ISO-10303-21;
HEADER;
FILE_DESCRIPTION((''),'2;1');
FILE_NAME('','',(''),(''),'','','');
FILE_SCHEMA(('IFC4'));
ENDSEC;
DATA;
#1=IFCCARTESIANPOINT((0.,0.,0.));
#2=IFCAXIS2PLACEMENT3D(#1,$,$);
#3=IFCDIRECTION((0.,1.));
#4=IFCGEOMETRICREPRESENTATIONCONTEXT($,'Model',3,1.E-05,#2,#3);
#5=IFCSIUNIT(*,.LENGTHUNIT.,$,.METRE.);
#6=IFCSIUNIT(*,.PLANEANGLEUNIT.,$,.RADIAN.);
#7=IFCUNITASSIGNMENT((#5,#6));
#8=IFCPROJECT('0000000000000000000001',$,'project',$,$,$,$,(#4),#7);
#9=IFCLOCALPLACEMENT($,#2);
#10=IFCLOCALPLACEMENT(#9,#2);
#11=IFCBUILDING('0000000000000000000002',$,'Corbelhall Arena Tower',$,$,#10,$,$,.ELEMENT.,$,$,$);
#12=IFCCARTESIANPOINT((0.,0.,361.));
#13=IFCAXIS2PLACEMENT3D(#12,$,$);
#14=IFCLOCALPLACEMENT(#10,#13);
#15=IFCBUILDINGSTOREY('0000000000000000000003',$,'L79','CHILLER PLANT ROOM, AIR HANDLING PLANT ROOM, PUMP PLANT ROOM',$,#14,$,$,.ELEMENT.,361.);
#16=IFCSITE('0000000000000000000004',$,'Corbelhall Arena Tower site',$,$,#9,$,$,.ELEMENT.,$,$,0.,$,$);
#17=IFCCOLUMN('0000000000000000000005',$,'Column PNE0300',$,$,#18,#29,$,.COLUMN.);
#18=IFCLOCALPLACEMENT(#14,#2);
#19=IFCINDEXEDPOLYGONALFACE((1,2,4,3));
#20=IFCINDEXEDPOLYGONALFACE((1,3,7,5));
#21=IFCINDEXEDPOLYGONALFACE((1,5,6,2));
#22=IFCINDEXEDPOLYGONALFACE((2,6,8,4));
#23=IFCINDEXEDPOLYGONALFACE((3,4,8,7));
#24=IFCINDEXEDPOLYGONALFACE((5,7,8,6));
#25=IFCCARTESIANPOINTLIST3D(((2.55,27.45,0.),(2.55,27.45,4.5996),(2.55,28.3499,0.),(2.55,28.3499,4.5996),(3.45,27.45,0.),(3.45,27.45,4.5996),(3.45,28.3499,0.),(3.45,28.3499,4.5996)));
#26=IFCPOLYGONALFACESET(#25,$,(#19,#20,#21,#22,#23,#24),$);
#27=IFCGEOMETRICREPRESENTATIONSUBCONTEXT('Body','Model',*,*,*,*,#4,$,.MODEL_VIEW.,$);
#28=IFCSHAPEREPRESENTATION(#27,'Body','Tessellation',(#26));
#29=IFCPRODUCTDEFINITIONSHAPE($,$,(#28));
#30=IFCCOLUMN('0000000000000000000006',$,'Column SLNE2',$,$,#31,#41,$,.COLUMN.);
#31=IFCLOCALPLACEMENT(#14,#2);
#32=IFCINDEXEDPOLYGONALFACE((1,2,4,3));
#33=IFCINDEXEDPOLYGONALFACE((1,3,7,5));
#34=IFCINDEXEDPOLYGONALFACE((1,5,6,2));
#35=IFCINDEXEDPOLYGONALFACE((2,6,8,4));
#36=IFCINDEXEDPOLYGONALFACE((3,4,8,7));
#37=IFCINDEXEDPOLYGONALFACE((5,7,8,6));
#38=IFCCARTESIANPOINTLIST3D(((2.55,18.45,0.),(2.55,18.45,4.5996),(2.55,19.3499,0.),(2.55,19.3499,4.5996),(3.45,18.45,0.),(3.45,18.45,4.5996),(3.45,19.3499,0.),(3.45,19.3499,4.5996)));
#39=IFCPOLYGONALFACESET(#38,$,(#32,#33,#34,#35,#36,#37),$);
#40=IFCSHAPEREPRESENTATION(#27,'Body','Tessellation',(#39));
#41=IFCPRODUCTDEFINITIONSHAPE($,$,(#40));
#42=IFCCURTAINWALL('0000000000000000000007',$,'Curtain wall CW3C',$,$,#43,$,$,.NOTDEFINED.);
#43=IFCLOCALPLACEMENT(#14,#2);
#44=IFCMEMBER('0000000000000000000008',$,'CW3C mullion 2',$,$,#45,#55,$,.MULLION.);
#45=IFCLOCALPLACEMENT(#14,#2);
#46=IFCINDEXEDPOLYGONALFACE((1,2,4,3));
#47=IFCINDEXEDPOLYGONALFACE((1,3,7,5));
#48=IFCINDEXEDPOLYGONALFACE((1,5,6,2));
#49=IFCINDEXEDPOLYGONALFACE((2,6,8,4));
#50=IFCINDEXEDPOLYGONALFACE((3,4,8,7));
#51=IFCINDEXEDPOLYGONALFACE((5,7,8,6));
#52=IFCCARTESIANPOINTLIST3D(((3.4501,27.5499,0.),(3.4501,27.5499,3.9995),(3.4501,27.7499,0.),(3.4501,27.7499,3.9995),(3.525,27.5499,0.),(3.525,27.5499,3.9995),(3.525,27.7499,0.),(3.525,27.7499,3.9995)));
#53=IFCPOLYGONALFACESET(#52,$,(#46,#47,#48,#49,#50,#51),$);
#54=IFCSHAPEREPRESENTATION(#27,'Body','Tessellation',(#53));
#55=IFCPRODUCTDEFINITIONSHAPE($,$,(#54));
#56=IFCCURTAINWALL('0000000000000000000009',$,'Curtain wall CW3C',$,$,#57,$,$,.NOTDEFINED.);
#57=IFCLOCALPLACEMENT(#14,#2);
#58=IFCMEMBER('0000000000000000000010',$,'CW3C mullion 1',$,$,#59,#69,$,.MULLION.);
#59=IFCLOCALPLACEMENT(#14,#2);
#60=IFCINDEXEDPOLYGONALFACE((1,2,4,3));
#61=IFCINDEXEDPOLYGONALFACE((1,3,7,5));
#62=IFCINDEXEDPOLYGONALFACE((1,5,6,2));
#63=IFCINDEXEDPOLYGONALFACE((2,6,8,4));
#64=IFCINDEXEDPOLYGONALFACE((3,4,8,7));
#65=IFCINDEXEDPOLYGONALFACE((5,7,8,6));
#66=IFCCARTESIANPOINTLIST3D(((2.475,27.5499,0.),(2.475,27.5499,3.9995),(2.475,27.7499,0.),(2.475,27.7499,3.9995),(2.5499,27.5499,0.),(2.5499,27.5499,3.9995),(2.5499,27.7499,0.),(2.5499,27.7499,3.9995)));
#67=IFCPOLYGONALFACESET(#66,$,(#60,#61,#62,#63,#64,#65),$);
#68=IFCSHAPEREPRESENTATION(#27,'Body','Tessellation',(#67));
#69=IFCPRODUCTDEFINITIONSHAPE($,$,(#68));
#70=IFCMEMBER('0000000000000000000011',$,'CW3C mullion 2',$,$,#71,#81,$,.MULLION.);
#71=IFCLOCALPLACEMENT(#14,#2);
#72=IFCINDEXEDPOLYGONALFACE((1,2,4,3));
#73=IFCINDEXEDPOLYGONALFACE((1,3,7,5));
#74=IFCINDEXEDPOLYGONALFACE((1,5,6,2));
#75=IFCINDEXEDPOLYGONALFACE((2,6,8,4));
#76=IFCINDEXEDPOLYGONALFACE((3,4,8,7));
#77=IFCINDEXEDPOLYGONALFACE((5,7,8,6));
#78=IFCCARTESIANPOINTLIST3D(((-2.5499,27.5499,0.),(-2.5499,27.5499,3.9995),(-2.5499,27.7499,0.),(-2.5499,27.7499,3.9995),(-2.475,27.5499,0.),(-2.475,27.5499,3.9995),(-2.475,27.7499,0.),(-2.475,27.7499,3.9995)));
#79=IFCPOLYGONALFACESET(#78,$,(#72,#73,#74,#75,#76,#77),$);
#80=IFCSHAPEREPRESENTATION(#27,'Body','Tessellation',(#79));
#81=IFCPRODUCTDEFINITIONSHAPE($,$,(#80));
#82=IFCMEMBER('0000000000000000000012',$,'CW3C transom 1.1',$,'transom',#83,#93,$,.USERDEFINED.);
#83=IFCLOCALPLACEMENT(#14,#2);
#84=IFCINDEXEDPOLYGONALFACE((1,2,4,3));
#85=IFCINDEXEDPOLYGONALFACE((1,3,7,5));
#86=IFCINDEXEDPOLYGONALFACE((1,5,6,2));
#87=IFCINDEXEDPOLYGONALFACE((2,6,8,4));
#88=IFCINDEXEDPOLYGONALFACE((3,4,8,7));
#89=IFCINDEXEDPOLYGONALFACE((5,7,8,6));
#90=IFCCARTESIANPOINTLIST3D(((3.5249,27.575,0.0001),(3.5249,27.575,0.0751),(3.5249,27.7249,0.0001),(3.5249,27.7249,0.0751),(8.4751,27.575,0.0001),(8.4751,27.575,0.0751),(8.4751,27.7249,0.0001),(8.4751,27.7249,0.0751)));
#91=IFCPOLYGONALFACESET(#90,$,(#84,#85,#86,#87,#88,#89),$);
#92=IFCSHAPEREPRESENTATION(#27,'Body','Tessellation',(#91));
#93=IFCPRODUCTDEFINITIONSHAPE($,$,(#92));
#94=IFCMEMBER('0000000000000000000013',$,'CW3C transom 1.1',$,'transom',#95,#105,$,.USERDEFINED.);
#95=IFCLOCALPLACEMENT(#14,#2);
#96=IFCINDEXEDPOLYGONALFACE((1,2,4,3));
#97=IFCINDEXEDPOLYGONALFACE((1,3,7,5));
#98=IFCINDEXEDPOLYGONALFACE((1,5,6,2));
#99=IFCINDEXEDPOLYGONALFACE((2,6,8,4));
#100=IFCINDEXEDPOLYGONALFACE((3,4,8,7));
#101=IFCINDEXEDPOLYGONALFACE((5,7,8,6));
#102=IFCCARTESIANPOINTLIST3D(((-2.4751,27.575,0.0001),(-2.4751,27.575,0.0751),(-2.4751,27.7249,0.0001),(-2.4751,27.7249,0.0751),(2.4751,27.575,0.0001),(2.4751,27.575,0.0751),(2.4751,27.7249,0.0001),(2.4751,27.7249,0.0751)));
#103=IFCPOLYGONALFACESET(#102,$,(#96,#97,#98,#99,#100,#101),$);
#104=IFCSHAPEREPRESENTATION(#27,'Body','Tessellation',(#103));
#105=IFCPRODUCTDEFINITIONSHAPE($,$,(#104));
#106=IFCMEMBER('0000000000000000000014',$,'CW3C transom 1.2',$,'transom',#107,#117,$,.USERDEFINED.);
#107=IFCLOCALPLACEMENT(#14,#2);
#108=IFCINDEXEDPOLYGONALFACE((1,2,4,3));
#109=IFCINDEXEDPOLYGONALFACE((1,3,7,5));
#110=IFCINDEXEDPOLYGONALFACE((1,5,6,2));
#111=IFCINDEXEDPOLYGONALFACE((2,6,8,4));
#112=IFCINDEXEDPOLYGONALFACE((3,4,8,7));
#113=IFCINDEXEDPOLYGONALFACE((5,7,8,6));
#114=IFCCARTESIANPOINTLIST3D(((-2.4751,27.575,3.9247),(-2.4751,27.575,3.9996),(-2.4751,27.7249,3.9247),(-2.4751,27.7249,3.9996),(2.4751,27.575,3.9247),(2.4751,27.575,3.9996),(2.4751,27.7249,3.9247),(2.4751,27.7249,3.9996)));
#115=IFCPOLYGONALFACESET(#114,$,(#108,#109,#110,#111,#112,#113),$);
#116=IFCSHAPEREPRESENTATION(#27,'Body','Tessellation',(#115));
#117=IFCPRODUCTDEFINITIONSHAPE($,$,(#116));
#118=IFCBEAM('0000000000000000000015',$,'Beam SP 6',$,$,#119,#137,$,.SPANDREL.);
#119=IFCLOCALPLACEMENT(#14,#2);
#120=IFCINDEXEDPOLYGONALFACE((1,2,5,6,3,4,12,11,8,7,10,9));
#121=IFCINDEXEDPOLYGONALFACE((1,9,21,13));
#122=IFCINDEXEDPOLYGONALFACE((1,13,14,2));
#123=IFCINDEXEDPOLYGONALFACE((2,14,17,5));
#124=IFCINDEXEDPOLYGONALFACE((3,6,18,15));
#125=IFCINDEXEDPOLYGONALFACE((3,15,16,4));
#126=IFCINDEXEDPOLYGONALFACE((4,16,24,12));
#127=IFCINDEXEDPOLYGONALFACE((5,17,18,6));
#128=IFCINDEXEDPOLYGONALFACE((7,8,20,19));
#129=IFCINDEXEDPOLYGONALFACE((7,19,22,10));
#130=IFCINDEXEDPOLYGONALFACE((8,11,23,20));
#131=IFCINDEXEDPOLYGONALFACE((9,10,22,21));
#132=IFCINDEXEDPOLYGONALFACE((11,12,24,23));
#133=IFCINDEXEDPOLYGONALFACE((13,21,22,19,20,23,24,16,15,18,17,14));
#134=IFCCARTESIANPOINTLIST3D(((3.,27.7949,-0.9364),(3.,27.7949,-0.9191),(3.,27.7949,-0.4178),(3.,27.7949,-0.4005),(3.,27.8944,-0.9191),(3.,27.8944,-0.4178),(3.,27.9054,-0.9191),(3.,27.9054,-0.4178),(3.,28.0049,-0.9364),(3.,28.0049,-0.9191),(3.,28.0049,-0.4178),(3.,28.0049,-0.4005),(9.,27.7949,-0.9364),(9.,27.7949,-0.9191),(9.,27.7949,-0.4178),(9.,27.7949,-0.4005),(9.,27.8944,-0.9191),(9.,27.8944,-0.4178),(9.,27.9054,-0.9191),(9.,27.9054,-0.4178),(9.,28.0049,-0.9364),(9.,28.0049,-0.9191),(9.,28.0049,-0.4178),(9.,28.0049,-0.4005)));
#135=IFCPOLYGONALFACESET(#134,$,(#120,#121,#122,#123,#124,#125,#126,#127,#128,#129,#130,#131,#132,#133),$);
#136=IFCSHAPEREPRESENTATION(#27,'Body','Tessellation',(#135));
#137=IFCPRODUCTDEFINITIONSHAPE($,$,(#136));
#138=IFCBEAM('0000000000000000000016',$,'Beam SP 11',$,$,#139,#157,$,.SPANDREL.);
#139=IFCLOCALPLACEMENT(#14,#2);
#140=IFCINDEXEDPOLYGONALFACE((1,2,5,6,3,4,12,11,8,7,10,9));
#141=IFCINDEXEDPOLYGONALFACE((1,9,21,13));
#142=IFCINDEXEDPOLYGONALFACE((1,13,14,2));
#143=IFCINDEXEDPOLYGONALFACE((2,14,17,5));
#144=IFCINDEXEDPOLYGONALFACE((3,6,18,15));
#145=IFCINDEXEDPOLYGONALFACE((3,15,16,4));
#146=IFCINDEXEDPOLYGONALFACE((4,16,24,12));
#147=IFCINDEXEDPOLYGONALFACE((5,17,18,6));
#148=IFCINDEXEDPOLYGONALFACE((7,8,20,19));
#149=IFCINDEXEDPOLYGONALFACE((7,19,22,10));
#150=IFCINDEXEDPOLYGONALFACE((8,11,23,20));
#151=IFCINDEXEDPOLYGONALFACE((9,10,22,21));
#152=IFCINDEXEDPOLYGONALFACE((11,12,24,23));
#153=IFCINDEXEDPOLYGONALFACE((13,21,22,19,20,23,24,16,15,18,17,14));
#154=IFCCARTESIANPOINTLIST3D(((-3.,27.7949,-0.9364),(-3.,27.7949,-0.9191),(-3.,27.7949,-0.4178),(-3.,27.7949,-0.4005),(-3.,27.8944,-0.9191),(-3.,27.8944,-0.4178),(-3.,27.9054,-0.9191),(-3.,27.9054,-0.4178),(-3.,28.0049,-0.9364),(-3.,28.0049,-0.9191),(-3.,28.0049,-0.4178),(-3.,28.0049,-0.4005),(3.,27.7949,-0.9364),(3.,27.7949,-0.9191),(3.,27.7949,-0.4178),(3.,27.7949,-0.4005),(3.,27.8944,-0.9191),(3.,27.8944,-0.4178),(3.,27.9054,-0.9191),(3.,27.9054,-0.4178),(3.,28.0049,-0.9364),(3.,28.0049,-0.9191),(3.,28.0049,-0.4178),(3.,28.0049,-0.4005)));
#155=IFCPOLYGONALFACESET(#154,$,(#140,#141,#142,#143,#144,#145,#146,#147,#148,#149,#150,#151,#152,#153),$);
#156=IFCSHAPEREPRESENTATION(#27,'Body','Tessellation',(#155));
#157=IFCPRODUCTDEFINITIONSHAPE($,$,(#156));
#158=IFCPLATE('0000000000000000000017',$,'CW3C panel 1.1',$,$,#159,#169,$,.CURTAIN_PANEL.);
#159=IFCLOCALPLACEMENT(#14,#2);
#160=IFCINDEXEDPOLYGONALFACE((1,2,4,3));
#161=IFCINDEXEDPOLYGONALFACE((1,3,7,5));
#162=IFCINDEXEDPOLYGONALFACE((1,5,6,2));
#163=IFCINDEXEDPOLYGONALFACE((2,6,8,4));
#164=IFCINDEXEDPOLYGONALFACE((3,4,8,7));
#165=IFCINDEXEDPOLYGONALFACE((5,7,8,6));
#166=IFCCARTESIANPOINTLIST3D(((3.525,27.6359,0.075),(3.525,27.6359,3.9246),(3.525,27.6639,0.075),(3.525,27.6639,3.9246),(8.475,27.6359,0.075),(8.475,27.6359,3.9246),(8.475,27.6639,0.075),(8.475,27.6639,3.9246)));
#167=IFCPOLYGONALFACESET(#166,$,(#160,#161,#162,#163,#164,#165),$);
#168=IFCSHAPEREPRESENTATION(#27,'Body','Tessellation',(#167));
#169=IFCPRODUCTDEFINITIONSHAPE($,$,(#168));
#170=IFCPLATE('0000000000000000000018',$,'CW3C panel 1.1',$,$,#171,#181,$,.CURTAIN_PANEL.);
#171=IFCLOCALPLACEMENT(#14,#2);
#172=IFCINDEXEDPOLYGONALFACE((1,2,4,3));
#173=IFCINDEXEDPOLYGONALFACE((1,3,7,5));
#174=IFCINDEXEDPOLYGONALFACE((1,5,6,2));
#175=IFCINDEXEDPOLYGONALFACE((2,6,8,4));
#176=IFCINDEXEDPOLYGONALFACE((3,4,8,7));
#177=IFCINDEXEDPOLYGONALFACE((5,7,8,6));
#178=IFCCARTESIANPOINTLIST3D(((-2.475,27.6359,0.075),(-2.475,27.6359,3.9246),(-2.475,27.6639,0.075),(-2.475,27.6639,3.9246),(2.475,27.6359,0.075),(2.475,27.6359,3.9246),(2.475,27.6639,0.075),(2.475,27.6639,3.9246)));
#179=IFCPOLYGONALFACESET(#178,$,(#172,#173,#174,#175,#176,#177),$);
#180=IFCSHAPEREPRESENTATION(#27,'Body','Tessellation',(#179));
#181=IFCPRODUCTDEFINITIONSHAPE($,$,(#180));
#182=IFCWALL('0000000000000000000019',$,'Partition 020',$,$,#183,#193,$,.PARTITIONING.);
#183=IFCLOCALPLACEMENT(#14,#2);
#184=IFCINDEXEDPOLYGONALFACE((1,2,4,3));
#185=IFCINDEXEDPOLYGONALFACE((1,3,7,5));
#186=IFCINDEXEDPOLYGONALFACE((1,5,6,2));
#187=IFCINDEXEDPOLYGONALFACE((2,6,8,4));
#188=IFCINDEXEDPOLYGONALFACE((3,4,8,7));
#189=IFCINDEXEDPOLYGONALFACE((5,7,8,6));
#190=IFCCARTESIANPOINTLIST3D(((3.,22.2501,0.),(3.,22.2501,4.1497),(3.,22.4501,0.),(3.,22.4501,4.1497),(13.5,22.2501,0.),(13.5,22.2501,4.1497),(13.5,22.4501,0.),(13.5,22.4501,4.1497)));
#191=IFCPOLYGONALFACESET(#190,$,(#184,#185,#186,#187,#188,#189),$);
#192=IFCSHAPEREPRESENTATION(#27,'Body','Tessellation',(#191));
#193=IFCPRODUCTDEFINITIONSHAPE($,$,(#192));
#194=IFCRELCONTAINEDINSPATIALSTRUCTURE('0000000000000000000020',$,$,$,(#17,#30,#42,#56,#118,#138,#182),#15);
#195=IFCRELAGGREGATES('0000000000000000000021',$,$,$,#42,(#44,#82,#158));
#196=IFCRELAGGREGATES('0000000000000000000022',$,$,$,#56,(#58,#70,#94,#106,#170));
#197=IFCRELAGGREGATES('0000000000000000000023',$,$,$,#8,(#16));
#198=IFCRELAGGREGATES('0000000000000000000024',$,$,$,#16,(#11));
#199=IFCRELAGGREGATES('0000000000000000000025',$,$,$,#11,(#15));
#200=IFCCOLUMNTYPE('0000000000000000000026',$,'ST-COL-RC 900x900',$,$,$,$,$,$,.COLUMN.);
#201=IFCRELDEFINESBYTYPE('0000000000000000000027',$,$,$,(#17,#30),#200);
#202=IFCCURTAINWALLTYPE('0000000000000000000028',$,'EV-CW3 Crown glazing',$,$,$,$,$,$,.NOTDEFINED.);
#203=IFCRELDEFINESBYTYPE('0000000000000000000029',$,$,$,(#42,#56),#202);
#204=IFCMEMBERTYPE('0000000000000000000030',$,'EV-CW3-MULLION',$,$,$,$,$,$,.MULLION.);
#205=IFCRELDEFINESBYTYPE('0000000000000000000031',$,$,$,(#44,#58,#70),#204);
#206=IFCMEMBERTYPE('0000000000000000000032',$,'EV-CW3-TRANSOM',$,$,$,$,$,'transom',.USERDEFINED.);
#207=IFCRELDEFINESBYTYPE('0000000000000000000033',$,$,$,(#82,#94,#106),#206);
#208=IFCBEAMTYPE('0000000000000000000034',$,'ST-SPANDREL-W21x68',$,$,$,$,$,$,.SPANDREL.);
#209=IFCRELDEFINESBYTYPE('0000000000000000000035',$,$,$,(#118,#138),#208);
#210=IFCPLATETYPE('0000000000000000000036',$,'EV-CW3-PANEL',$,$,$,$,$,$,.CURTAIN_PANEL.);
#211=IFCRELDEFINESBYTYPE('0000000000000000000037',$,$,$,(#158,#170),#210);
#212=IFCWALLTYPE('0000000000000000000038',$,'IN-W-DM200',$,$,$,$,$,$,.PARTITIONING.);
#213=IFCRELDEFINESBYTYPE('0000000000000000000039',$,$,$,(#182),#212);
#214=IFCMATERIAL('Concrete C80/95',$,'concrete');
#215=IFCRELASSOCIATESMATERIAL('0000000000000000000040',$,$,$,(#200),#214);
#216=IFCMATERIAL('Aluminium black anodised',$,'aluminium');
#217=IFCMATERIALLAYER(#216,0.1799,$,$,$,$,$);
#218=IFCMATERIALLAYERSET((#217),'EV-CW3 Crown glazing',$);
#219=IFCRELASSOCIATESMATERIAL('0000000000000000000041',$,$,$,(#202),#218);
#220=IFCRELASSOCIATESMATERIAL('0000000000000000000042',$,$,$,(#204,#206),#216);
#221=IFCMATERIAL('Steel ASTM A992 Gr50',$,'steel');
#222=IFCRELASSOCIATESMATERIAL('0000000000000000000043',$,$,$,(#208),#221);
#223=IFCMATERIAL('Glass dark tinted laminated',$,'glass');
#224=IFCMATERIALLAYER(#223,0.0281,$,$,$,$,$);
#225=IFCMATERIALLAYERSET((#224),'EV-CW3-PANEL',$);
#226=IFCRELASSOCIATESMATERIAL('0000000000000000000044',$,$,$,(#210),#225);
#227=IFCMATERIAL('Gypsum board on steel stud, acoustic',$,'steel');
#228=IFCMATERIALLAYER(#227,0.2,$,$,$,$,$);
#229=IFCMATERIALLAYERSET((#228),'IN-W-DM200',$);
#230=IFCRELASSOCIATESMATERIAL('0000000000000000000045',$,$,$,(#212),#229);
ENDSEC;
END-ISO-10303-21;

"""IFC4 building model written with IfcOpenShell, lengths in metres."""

from ifc_helpers import new_model, si_unit, direction, frame, frame_2d, origin, origin_2d, place, context, subcontext, project, spatial, rectangle, i_section, extrude, material, layer, layer_set, material_profile, profile_set, type_object, element, aggregate, save


model = new_model("IFC4")

# Units and contexts
model_context = context("Model", 3, precision=1e-05, world=origin(), true_north=direction((0.0, 1.0)))
body_context = subcontext(model_context, "Body", "Model", "MODEL_VIEW")
ifc_project = project(units=[si_unit("LENGTHUNIT", "METRE"), si_unit("PLANEANGLEUNIT", "RADIAN")], contexts=[model_context])

# Site, building, storey
site_placement = place(None, origin())
site = spatial("IfcSite", under=ifc_project, at=site_placement, Name="Corbelhall Arena Tower site", CompositionType="ELEMENT", RefElevation=0.0)
building_placement = place(site_placement, origin())
building = spatial("IfcBuilding", under=site, at=building_placement, Name="Corbelhall Arena Tower", CompositionType="ELEMENT")
storey_placement = place(building_placement, frame((0.0, 0.0, 361.0)))
storey = spatial("IfcBuildingStorey", under=building, at=storey_placement, Name="L79", Description="CHILLER PLANT ROOM, AIR HANDLING PLANT ROOM, PUMP PLANT ROOM", CompositionType="ELEMENT", Elevation=361.0)

# Columns
ifc_material_1 = material(Name="Concrete C80/95", Category="concrete")
ifc_material_profile_1 = material_profile(ifc_material_1, rectangle(XDim=0.8999, YDim=0.8999, at=origin_2d()))
ifc_profile_set_1 = profile_set([ifc_material_profile_1], Name="Concrete C80/95")
column_type = type_object("IfcColumnType", Name="ST-COL-RC 900x900", PredefinedType="COLUMN", material=ifc_profile_set_1)
for number, where, z_axis, x_axis, name in (
    (1, (3.0, 27.8999, 0.0), (0.0, 0.0, 1.0), (1.0, 0.0, 0.0), "Column PNE0300"),
    (2, (3.0, 18.8999, 0.0), (0.0, 0.0, 1.0), (1.0, 0.0, 0.0), "Column SLNE2"),
):
    element("IfcColumn", number, at=place(storey_placement, frame(where, z_axis=z_axis, x_axis=x_axis)), inside=storey, type_object=column_type, Name=name, PredefinedType="COLUMN", context=body_context, shape_type="SweptSolid", body=[
        extrude(rectangle(XDim=0.8999, YDim=0.8999, at=origin_2d()), origin(), (0.0, 0.0, 1.0), 4.5996),
    ])

# Curtain wall, member
ifc_material_2 = material(Name="Aluminium black anodised", Category="aluminium")
ifc_layer_1 = layer(ifc_material_2, 0.1799)
ifc_layer_set_1 = layer_set([ifc_layer_1], Name="EV-CW3 Crown glazing")
curtain_wall_type = type_object("IfcCurtainWallType", Name="EV-CW3 Crown glazing", PredefinedType="NOTDEFINED", material=ifc_layer_set_1)
curtain_wall_1_placement = place(storey_placement, origin())
curtain_wall_1 = element("IfcCurtainWall", 3, at=curtain_wall_1_placement, inside=storey, type_object=curtain_wall_type, Name="Curtain wall CW3C", PredefinedType="NOTDEFINED")
ifc_material_profile_2 = material_profile(ifc_material_2, rectangle(XDim=0.2, YDim=0.075, at=origin_2d()))
ifc_profile_set_2 = profile_set([ifc_material_profile_2], Name="Aluminium black anodised")
member_type_1 = type_object("IfcMemberType", Name="EV-CW3-MULLION", PredefinedType="MULLION", material=ifc_profile_set_2)
member_1_placement = place(storey_placement, frame((3.4875, 27.6499, 0.0), z_axis=(0.0, 0.0, 1.0), x_axis=(0.0, -1.0, 0.0)))
member_1 = element("IfcMember", 4, at=member_1_placement, type_object=member_type_1, Name="CW3C mullion 2", PredefinedType="MULLION", context=body_context, shape_type="SweptSolid", body=[
    extrude(rectangle(XDim=0.2, YDim=0.075, at=origin_2d()), origin(), (0.0, 0.0, 1.0), 3.9995),
])

# Curtain wall, members
curtain_wall_2_placement = place(storey_placement, origin())
curtain_wall_2 = element("IfcCurtainWall", 5, at=curtain_wall_2_placement, inside=storey, type_object=curtain_wall_type, Name="Curtain wall CW3C", PredefinedType="NOTDEFINED")
member_2_placement = place(storey_placement, frame((2.5125, 27.6499, 0.0), z_axis=(0.0, 0.0, 1.0), x_axis=(0.0, -1.0, 0.0)))
member_2 = element("IfcMember", 6, at=member_2_placement, type_object=member_type_1, Name="CW3C mullion 1", PredefinedType="MULLION", context=body_context, shape_type="SweptSolid", body=[
    extrude(rectangle(XDim=0.2, YDim=0.075, at=origin_2d()), origin(), (0.0, 0.0, 1.0), 3.9995),
])
member_3_placement = place(storey_placement, frame((-2.5125, 27.6499, 0.0), z_axis=(0.0, 0.0, 1.0), x_axis=(0.0, -1.0, 0.0)))
member_3 = element("IfcMember", 7, at=member_3_placement, type_object=member_type_1, Name="CW3C mullion 2", PredefinedType="MULLION", context=body_context, shape_type="SweptSolid", body=[
    extrude(rectangle(XDim=0.2, YDim=0.075, at=origin_2d()), origin(), (0.0, 0.0, 1.0), 3.9995),
])

# Members
ifc_material_profile_3 = material_profile(ifc_material_2, rectangle(XDim=0.1499, YDim=0.075, at=origin_2d()))
ifc_profile_set_3 = profile_set([ifc_material_profile_3], Name="Aluminium black anodised")
member_type_2 = type_object("IfcMemberType", Name="EV-CW3-TRANSOM", ElementType="transom", PredefinedType="USERDEFINED", material=ifc_profile_set_3)
member_4_placement = place(storey_placement, frame((8.4751, 27.6499, 0.0376), z_axis=(-1.0, 0.0, 0.0), x_axis=(0.0, -1.0, 0.0)))
member_4 = element("IfcMember", 8, at=member_4_placement, type_object=member_type_2, Name="CW3C transom 1.1", ObjectType="transom", PredefinedType="USERDEFINED", context=body_context, shape_type="SweptSolid", body=[
    extrude(rectangle(XDim=0.1499, YDim=0.075, at=origin_2d()), origin(), (0.0, 0.0, 1.0), 4.9502),
])
member_5_placement = place(storey_placement, frame((2.4751, 27.6499, 0.0376), z_axis=(-1.0, 0.0, 0.0), x_axis=(0.0, -1.0, 0.0)))
member_5 = element("IfcMember", 9, at=member_5_placement, type_object=member_type_2, Name="CW3C transom 1.1", ObjectType="transom", PredefinedType="USERDEFINED", context=body_context, shape_type="SweptSolid", body=[
    extrude(rectangle(XDim=0.1499, YDim=0.075, at=origin_2d()), origin(), (0.0, 0.0, 1.0), 4.9502),
])
member_6_placement = place(storey_placement, frame((2.4751, 27.6499, 3.9622), z_axis=(-1.0, 0.0, 0.0), x_axis=(0.0, -1.0, 0.0)))
member_6 = element("IfcMember", 10, at=member_6_placement, type_object=member_type_2, Name="CW3C transom 1.2", ObjectType="transom", PredefinedType="USERDEFINED", context=body_context, shape_type="SweptSolid", body=[
    extrude(rectangle(XDim=0.1499, YDim=0.075, at=origin_2d()), origin(), (0.0, 0.0, 1.0), 4.9502),
])

# Beams
ifc_material_3 = material(Name="Steel ASTM A992 Gr50", Category="steel")
ifc_material_profile_4 = material_profile(ifc_material_3, i_section(OverallWidth=0.21, OverallDepth=0.5359, WebThickness=0.011, FlangeThickness=0.0173, at=origin_2d()))
ifc_profile_set_4 = profile_set([ifc_material_profile_4], Name="Steel ASTM A992 Gr50")
beam_type = type_object("IfcBeamType", Name="ST-SPANDREL-W21x68", PredefinedType="SPANDREL", material=ifc_profile_set_4)
for number, where, z_axis, x_axis, name in (
    (11, (3.0, 27.8999, -0.6685), (1.0, 0.0, 0.0), (0.0, 1.0, 0.0), "Beam SP 6"),
    (12, (-3.0, 27.8999, -0.6685), (1.0, 0.0, 0.0), (0.0, 1.0, 0.0), "Beam SP 11"),
):
    element("IfcBeam", number, at=place(storey_placement, frame(where, z_axis=z_axis, x_axis=x_axis)), inside=storey, type_object=beam_type, Name=name, PredefinedType="SPANDREL", context=body_context, shape_type="SweptSolid", body=[
        extrude(i_section(OverallWidth=0.21, OverallDepth=0.5359, WebThickness=0.011, FlangeThickness=0.0173, at=origin_2d()), origin(), (0.0, 0.0, 1.0), 6.0),
    ])

# Plates
ifc_material_4 = material(Name="Glass dark tinted laminated", Category="glass")
ifc_layer_2 = layer(ifc_material_4, 0.0281)
ifc_layer_set_2 = layer_set([ifc_layer_2], Name="EV-CW3-PANEL")
plate_type = type_object("IfcPlateType", Name="EV-CW3-PANEL", PredefinedType="CURTAIN_PANEL", material=ifc_layer_set_2)
plate_1_placement = place(storey_placement, frame((6.0, 27.6499, 0.075), z_axis=(0.0, 0.0, 1.0), x_axis=(-1.0, 0.0, 0.0)))
plate_1 = element("IfcPlate", 13, at=plate_1_placement, type_object=plate_type, Name="CW3C panel 1.1", PredefinedType="CURTAIN_PANEL", context=body_context, shape_type="SweptSolid", body=[
    extrude(rectangle(XDim=4.95, YDim=0.0281, at=origin_2d()), origin(), (0.0, 0.0, 1.0), 3.8496),
])
aggregate(curtain_wall_1, [member_1, member_4, plate_1])
plate_2_placement = place(storey_placement, frame((0.0, 27.6499, 0.075), z_axis=(0.0, 0.0, 1.0), x_axis=(-1.0, 0.0, 0.0)))
plate_2 = element("IfcPlate", 14, at=plate_2_placement, type_object=plate_type, Name="CW3C panel 1.1", PredefinedType="CURTAIN_PANEL", context=body_context, shape_type="SweptSolid", body=[
    extrude(rectangle(XDim=4.95, YDim=0.0281, at=origin_2d()), origin(), (0.0, 0.0, 1.0), 3.8496),
])
aggregate(curtain_wall_2, [member_2, member_3, member_5, member_6, plate_2])

# Wall
ifc_material_5 = material(Name="Gypsum board on steel stud, acoustic", Category="steel")
ifc_layer_3 = layer(ifc_material_5, 0.2)
ifc_layer_set_3 = layer_set([ifc_layer_3], Name="IN-W-DM200")
wall_type_1 = type_object("IfcWallType", Name="IN-W-DM200", PredefinedType="PARTITIONING", material=ifc_layer_set_3)
wall_1_placement = place(storey_placement, frame((3.0, 22.3501, 0.0), z_axis=(0.0, 0.0, 1.0), x_axis=(1.0, 0.0, 0.0)))
element("IfcWall", 15, at=wall_1_placement, inside=storey, type_object=wall_type_1, Name="Partition 020", PredefinedType="PARTITIONING", context=body_context, shape_type="SweptSolid", body=[
    extrude(rectangle(XDim=10.5, YDim=0.2, at=frame_2d((5.25, 0.0))), origin(), (0.0, 0.0, 1.0), 4.1497),
])

save(model, "model.ifc")
